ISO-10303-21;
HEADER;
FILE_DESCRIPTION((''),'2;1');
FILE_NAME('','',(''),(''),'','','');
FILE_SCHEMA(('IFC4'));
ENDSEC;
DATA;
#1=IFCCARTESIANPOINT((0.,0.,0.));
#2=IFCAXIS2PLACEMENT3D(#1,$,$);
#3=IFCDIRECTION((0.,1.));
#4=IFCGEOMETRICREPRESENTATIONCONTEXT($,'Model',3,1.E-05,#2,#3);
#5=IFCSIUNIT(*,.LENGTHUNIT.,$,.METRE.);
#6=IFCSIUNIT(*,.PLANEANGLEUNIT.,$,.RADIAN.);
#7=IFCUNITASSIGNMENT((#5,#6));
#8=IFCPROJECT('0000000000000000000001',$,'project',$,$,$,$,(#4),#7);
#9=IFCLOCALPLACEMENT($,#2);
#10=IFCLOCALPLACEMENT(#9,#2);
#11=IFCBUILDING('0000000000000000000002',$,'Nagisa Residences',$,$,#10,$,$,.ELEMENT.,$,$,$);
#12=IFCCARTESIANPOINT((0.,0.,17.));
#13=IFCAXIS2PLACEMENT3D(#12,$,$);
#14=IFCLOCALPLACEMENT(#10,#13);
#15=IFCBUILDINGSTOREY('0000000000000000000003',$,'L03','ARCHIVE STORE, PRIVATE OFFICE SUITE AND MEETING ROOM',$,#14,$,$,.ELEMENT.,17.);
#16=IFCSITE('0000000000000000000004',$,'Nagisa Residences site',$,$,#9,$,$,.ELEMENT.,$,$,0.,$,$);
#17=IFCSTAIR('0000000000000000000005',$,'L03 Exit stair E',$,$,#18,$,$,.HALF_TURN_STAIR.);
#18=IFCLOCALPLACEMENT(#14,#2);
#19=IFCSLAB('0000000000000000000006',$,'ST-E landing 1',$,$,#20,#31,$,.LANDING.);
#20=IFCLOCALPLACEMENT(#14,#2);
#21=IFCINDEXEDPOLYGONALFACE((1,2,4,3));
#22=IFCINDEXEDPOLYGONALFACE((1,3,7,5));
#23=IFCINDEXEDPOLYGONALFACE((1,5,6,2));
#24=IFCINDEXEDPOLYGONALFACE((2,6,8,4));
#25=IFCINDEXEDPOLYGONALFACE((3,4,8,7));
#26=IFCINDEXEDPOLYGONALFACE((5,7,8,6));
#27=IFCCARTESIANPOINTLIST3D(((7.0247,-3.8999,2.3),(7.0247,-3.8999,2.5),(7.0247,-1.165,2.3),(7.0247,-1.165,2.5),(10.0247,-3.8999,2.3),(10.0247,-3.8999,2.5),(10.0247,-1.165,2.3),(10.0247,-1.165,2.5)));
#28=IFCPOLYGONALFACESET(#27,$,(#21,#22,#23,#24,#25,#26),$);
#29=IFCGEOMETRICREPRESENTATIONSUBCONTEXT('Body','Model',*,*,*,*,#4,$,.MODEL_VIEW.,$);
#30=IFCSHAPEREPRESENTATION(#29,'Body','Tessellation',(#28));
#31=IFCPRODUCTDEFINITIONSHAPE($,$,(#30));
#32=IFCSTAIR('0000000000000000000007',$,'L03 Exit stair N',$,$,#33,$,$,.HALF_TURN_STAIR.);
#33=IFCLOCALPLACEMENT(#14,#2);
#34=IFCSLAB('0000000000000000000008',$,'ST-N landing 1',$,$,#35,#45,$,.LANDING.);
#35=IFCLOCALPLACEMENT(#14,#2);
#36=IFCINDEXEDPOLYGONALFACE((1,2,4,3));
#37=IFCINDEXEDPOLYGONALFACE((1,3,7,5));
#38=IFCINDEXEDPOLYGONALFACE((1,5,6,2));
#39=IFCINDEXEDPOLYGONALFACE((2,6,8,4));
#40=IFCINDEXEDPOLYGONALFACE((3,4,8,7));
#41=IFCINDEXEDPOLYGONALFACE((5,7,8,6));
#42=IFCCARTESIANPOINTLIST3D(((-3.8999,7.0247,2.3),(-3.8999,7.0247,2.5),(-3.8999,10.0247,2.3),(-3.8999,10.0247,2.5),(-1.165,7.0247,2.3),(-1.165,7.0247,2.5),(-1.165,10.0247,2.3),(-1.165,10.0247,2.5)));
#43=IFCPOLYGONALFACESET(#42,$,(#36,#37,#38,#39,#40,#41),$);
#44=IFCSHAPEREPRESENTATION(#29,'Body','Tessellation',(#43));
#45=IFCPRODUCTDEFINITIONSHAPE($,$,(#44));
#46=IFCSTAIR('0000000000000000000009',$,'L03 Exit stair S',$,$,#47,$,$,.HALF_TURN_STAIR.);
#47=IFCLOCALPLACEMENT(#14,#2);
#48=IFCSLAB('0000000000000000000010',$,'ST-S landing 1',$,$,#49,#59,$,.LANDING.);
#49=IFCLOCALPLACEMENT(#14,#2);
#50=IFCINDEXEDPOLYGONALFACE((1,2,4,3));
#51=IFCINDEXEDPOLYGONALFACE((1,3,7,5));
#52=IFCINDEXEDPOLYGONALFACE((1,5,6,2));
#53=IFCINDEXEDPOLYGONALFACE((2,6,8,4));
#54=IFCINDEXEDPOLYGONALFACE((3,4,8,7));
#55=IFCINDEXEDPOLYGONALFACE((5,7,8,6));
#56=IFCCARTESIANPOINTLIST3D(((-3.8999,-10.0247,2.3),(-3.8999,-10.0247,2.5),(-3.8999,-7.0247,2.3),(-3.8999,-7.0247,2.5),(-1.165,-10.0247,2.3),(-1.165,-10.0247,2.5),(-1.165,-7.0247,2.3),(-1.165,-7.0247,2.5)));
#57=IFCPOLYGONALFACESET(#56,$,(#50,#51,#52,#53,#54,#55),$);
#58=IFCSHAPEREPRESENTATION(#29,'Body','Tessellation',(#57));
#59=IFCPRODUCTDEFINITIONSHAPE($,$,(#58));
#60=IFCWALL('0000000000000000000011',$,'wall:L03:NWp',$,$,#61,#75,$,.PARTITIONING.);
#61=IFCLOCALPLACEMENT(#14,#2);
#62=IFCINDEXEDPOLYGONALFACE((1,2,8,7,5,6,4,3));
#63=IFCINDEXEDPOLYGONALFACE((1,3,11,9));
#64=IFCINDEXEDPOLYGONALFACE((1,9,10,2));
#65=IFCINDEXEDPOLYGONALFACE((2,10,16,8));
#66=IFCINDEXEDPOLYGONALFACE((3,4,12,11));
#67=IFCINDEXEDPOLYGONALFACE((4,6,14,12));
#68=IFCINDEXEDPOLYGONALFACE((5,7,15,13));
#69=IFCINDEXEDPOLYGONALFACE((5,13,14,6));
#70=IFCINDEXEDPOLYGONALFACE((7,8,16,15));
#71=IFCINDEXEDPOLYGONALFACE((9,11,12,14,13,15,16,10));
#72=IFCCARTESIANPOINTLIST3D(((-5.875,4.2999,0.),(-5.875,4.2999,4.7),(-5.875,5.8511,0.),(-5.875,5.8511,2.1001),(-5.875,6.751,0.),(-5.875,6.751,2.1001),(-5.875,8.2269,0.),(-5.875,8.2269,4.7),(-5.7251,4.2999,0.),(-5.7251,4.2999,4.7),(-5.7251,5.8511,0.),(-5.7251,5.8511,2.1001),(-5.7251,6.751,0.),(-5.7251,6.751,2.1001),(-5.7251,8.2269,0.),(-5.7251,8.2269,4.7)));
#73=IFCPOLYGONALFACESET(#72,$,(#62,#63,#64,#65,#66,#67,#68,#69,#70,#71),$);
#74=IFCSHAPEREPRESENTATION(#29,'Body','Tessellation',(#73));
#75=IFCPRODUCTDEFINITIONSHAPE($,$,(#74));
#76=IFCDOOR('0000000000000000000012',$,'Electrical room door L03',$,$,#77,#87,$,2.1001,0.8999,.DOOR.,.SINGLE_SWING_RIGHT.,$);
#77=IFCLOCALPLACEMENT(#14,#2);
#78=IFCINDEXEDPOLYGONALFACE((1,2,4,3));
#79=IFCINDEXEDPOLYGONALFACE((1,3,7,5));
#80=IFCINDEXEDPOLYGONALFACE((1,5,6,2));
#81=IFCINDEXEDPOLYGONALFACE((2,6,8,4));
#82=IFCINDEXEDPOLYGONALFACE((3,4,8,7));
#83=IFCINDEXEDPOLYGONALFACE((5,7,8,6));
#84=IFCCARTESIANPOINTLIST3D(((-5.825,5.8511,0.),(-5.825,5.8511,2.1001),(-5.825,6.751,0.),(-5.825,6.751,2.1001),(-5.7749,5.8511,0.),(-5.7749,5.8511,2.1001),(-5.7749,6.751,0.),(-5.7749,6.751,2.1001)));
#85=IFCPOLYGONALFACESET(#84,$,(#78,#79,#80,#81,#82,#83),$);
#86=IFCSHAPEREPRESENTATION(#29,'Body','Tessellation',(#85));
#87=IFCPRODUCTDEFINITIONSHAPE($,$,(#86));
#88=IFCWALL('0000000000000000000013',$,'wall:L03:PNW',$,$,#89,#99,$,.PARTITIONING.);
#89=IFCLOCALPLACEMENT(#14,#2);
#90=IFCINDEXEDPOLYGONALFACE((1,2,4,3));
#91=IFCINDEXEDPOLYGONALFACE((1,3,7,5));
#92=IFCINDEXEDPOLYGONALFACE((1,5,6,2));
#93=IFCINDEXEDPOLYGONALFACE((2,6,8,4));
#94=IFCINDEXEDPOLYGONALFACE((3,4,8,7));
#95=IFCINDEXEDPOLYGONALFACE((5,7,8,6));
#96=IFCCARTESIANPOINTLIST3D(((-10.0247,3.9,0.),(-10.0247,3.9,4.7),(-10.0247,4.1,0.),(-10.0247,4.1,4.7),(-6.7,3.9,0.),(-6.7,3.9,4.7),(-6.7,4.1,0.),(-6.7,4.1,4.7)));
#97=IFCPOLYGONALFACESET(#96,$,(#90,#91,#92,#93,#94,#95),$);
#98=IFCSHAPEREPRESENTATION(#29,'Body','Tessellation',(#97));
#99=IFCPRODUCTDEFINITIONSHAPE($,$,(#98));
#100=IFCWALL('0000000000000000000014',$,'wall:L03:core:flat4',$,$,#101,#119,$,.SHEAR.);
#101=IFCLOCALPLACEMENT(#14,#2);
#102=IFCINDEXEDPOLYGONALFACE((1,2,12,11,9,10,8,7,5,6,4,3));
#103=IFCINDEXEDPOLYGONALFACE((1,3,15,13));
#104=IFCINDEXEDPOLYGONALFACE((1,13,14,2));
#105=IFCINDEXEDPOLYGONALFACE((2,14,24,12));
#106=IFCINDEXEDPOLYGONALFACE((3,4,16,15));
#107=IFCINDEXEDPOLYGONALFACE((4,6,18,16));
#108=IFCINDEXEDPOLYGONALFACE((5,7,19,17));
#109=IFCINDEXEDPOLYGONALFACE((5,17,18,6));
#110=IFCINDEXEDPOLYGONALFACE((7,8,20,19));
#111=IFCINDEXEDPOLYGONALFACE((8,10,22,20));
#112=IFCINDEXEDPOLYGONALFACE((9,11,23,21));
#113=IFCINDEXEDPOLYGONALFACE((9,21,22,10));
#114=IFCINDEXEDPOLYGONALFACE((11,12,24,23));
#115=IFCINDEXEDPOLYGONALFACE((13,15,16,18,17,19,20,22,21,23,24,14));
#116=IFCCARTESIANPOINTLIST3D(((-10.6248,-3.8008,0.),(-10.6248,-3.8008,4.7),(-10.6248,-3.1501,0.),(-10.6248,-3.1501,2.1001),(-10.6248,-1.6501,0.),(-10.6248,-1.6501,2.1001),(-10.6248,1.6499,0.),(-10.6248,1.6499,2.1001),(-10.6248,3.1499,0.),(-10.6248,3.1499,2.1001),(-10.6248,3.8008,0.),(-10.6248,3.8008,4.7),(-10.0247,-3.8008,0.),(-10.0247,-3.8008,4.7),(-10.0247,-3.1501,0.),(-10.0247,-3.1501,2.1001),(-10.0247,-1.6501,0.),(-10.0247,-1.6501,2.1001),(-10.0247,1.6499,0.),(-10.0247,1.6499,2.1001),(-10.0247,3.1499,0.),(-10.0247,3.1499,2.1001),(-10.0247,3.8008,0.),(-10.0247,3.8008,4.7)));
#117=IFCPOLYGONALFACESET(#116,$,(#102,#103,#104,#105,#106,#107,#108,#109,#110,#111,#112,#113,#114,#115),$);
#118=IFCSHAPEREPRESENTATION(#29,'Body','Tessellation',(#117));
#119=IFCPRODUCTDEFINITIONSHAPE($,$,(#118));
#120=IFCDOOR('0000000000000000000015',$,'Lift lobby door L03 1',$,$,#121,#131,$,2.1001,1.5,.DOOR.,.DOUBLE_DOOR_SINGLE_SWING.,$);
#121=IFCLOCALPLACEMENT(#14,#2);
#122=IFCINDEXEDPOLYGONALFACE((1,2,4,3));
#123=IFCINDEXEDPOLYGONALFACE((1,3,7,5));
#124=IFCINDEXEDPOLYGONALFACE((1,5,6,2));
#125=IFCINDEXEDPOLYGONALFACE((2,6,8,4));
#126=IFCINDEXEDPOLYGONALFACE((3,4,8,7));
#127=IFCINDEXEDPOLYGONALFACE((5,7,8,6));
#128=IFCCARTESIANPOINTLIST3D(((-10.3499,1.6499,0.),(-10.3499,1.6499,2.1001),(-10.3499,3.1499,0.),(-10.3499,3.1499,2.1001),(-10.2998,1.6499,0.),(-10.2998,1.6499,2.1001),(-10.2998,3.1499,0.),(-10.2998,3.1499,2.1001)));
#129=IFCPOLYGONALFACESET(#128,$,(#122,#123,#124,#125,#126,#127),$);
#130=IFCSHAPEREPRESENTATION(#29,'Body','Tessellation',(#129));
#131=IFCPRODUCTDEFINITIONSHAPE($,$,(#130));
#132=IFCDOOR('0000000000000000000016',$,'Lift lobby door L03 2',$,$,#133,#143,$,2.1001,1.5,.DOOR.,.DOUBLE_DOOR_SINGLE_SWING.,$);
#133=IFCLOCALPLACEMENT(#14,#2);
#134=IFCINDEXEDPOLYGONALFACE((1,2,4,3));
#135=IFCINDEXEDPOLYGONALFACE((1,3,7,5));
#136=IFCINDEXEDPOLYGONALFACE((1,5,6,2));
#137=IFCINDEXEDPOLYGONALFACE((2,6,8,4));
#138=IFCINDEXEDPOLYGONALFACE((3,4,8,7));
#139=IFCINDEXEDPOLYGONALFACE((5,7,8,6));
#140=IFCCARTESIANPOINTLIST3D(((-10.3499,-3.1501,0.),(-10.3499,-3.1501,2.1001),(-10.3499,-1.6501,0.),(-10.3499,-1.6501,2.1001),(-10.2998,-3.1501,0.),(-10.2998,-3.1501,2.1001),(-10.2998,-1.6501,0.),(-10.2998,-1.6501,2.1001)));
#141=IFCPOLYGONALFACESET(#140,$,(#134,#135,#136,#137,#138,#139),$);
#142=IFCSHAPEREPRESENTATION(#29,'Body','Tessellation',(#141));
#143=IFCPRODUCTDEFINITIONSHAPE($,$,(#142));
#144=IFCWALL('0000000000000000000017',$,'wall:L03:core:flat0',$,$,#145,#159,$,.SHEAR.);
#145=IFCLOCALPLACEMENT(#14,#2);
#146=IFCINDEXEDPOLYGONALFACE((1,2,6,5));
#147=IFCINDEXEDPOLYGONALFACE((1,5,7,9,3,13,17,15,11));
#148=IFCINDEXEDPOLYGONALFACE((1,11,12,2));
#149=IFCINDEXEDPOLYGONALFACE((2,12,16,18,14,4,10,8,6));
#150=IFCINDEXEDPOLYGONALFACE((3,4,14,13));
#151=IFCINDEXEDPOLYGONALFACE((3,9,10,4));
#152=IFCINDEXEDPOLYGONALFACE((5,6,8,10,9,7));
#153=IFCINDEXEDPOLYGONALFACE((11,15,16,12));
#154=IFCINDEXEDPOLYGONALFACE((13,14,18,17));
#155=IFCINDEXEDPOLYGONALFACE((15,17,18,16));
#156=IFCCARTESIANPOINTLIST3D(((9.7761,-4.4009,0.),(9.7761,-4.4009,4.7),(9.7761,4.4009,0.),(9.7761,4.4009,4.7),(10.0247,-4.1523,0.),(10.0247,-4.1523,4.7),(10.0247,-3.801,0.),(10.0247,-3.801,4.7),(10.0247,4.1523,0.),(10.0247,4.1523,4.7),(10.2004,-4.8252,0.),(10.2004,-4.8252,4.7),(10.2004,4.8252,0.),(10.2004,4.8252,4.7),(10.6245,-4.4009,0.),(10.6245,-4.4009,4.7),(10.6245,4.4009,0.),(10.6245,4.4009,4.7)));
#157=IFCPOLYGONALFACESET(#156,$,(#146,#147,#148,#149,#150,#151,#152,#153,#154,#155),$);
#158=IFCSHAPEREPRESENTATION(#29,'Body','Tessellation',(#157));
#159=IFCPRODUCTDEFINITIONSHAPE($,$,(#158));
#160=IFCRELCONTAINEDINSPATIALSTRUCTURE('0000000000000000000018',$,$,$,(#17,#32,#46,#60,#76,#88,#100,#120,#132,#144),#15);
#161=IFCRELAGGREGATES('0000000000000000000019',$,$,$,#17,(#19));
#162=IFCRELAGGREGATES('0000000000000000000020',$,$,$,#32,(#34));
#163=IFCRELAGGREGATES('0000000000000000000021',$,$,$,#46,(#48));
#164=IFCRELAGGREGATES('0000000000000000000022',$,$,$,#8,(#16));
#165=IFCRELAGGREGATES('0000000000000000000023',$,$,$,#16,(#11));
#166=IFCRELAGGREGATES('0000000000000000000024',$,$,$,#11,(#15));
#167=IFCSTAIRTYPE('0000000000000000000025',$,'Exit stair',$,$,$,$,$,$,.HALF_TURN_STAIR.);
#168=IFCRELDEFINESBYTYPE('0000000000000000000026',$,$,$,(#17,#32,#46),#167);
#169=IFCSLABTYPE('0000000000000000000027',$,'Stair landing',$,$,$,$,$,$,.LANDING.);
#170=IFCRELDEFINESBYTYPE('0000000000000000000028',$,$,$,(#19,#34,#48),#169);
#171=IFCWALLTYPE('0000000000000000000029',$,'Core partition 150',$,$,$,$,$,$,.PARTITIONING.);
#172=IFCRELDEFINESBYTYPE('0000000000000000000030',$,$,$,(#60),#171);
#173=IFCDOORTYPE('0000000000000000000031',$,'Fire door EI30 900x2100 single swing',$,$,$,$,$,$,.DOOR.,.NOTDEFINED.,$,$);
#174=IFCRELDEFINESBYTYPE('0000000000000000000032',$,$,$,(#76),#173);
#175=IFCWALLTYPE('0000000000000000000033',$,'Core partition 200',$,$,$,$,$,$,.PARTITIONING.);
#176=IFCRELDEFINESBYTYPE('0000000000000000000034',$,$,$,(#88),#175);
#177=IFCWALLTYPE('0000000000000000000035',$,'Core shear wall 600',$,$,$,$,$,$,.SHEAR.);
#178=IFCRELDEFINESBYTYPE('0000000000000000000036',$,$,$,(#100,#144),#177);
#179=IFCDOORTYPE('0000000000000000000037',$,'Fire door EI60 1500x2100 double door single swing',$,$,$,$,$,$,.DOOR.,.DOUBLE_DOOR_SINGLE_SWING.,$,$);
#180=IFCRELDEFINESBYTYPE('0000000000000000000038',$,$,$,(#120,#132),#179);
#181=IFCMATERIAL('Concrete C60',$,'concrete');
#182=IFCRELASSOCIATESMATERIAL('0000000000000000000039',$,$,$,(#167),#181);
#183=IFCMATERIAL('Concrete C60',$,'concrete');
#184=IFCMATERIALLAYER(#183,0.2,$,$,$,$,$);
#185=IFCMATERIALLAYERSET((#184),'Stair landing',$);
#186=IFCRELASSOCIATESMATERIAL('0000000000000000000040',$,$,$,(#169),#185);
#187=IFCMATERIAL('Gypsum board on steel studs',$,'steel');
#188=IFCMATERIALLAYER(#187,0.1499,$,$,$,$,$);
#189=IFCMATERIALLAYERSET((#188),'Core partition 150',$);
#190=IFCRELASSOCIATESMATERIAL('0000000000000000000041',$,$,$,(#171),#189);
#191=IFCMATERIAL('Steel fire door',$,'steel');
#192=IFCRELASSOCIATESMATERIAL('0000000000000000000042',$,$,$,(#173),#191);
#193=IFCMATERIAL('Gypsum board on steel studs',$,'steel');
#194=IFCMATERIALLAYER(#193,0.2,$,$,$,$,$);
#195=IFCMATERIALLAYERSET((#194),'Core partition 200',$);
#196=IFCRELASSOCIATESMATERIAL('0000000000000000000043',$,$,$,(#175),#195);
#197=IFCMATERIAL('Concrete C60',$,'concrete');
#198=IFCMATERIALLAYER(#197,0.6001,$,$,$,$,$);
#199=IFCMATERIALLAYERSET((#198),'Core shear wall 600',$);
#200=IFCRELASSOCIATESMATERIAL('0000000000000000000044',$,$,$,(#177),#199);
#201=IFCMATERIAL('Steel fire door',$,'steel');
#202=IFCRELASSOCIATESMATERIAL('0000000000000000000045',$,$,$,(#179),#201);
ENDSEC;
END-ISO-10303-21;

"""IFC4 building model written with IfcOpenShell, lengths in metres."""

from ifc_helpers import new_model, si_unit, direction, frame, frame_2d, origin, place, context, subcontext, project, spatial, polyline, rectangle, outline, extrude, material, layer, layer_set, type_object, element, fill, aggregate, save


model = new_model("IFC4")

# Units and contexts
model_context = context("Model", 3, precision=1e-05, world=origin(), true_north=direction((0.0, 1.0)))
body_context = subcontext(model_context, "Body", "Model", "MODEL_VIEW")
ifc_project = project(units=[si_unit("LENGTHUNIT", "METRE"), si_unit("PLANEANGLEUNIT", "RADIAN")], contexts=[model_context])

# Site, building, storey
site_placement = place(None, origin())
site = spatial("IfcSite", under=ifc_project, at=site_placement, Name="Nagisa Residences site", CompositionType="ELEMENT", RefElevation=0.0)
building_placement = place(site_placement, origin())
building = spatial("IfcBuilding", under=site, at=building_placement, Name="Nagisa Residences", CompositionType="ELEMENT")
storey_placement = place(building_placement, frame((0.0, 0.0, 17.0)))
storey = spatial("IfcBuildingStorey", under=building, at=storey_placement, Name="L03", Description="ARCHIVE STORE, PRIVATE OFFICE SUITE AND MEETING ROOM", CompositionType="ELEMENT", Elevation=17.0)

# Stairs, slabs
ifc_material_1 = material(Name="Concrete C60", Category="concrete")
stair_type = type_object("IfcStairType", Name="Exit stair", PredefinedType="HALF_TURN_STAIR", material=ifc_material_1)
stair_1_placement = place(storey_placement, origin())
stair_1 = element("IfcStair", 1, at=stair_1_placement, inside=storey, type_object=stair_type, Name="L03 Exit stair E", PredefinedType="HALF_TURN_STAIR")
ifc_material_2 = material(Name="Concrete C60", Category="concrete")
ifc_layer_1 = layer(ifc_material_2, 0.2)
ifc_layer_set_1 = layer_set([ifc_layer_1], Name="Stair landing")
slab_type = type_object("IfcSlabType", Name="Stair landing", PredefinedType="LANDING", material=ifc_layer_set_1)
slab_1_placement = place(storey_placement, frame((0.0, 0.0, 2.3)))
slab_1 = element("IfcSlab", 2, at=slab_1_placement, type_object=slab_type, Name="ST-E landing 1", PredefinedType="LANDING", context=body_context, shape_type="SweptSolid", body=[
    extrude(outline(polyline([(7.0247, -1.165), (7.0247, -3.8999), (10.0247, -3.8999), (10.0247, -1.165), (7.0247, -1.165)])), origin(), (0.0, 0.0, 1.0), 0.2),
])
aggregate(stair_1, [slab_1])
stair_2_placement = place(storey_placement, origin())
stair_2 = element("IfcStair", 3, at=stair_2_placement, inside=storey, type_object=stair_type, Name="L03 Exit stair N", PredefinedType="HALF_TURN_STAIR")
slab_2_placement = place(storey_placement, frame((0.0, 0.0, 2.3)))
slab_2 = element("IfcSlab", 4, at=slab_2_placement, type_object=slab_type, Name="ST-N landing 1", PredefinedType="LANDING", context=body_context, shape_type="SweptSolid", body=[
    extrude(outline(polyline([(-1.165, 10.0247), (-3.8999, 10.0247), (-3.8999, 7.0247), (-1.165, 7.0247), (-1.165, 10.0247)])), origin(), (0.0, 0.0, 1.0), 0.2),
])
aggregate(stair_2, [slab_2])
stair_3_placement = place(storey_placement, origin())
stair_3 = element("IfcStair", 5, at=stair_3_placement, inside=storey, type_object=stair_type, Name="L03 Exit stair S", PredefinedType="HALF_TURN_STAIR")
slab_3_placement = place(storey_placement, frame((0.0, 0.0, 2.3)))
slab_3 = element("IfcSlab", 6, at=slab_3_placement, type_object=slab_type, Name="ST-S landing 1", PredefinedType="LANDING", context=body_context, shape_type="SweptSolid", body=[
    extrude(outline(polyline([(-1.165, -7.0247), (-3.8999, -7.0247), (-3.8999, -10.0247), (-1.165, -10.0247), (-1.165, -7.0247)])), origin(), (0.0, 0.0, 1.0), 0.2),
])
aggregate(stair_3, [slab_3])

# Wall, opening, door
ifc_material_3 = material(Name="Gypsum board on steel studs", Category="steel")
ifc_layer_2 = layer(ifc_material_3, 0.1499)
ifc_layer_set_2 = layer_set([ifc_layer_2], Name="Core partition 150")
wall_type_1 = type_object("IfcWallType", Name="Core partition 150", PredefinedType="PARTITIONING", material=ifc_layer_set_2)
wall_1_placement = place(storey_placement, frame((-5.8, 4.3, 0.0), z_axis=(0.0, 0.0, 1.0), x_axis=(0.0, 1.0, 0.0)))
wall_1 = element("IfcWall", 7, at=wall_1_placement, inside=storey, type_object=wall_type_1, Name="wall:L03:NWp", PredefinedType="PARTITIONING", context=body_context, shape_type="SweptSolid", body=[
    extrude(rectangle(XDim=3.927, YDim=0.1499, at=frame_2d((1.9634, 0.0))), origin(), (0.0, 0.0, 1.0), 4.7),
])
opening_1_placement = place(wall_1_placement, frame((1.551, 0.0, 0.0)))
opening_1 = element("IfcOpeningElement", 8, at=opening_1_placement, cuts=wall_1, PredefinedType="OPENING", context=body_context, shape_type="SweptSolid", body=[
    extrude(rectangle(XDim=0.8999, YDim=2.1001, at=frame_2d((0.45, 1.05))), frame((0.0, 0.085, 0.0), z_axis=(0.0, -1.0, 0.0), x_axis=(1.0, 0.0, 0.0)), (0.0, 0.0, 1.0), 0.1699),
])
ifc_material_4 = material(Name="Steel fire door", Category="steel")
door_type_1 = type_object("IfcDoorType", Name="Fire door EI30 900x2100 single swing", OperationType="NOTDEFINED", PredefinedType="DOOR", material=ifc_material_4)
door_1_placement = place(opening_1_placement, origin())
door_1 = element("IfcDoor", 9, at=door_1_placement, inside=storey, type_object=door_type_1, Name="Electrical room door L03", OperationType="SINGLE_SWING_RIGHT", OverallHeight=2.1001, OverallWidth=0.8999, PredefinedType="DOOR", context=body_context, shape_type="SweptSolid", body=[
    extrude(rectangle(XDim=0.8999, YDim=2.1001, at=frame_2d((0.45, 1.05))), frame((0.0, 0.0249, 0.0), z_axis=(0.0, -1.0, 0.0), x_axis=(1.0, 0.0, 0.0)), (0.0, 0.0, 1.0), 0.05),
])
fill(opening_1, door_1)

# Wall
ifc_material_5 = material(Name="Gypsum board on steel studs", Category="steel")
ifc_layer_3 = layer(ifc_material_5, 0.2)
ifc_layer_set_3 = layer_set([ifc_layer_3], Name="Core partition 200")
wall_type_2 = type_object("IfcWallType", Name="Core partition 200", PredefinedType="PARTITIONING", material=ifc_layer_set_3)
wall_2_placement = place(storey_placement, frame((-10.0247, 4.0, 0.0), z_axis=(0.0, 0.0, 1.0), x_axis=(1.0, 0.0, 0.0)))
element("IfcWall", 10, at=wall_2_placement, inside=storey, type_object=wall_type_2, Name="wall:L03:PNW", PredefinedType="PARTITIONING", context=body_context, shape_type="SweptSolid", body=[
    extrude(rectangle(XDim=3.3247, YDim=0.2, at=frame_2d((1.6624, 0.0))), origin(), (0.0, 0.0, 1.0), 4.7),
])

# Wall, openings, doors
ifc_material_6 = material(Name="Concrete C60", Category="concrete")
ifc_layer_4 = layer(ifc_material_6, 0.6001)
ifc_layer_set_4 = layer_set([ifc_layer_4], Name="Core shear wall 600")
wall_type_3 = type_object("IfcWallType", Name="Core shear wall 600", PredefinedType="SHEAR", material=ifc_layer_set_4)
wall_3_placement = place(storey_placement, frame((-10.3247, 3.8008, 0.0), z_axis=(0.0, 0.0, 1.0), x_axis=(0.0, -1.0, 0.0)))
wall_3 = element("IfcWall", 11, at=wall_3_placement, inside=storey, type_object=wall_type_3, Name="wall:L03:core:flat4", PredefinedType="SHEAR", context=body_context, shape_type="SweptSolid", body=[
    extrude(rectangle(XDim=7.6016, YDim=0.6001, at=frame_2d((3.8008, 0.0))), origin(), (0.0, 0.0, 1.0), 4.7),
])
opening_2_placement = place(wall_3_placement, frame((0.6509, 0.0, 0.0)))
opening_2 = element("IfcOpeningElement", 12, at=opening_2_placement, cuts=wall_3, PredefinedType="OPENING", context=body_context, shape_type="SweptSolid", body=[
    extrude(rectangle(XDim=1.5, YDim=2.1001, at=frame_2d((0.75, 1.05))), frame((0.0, 0.3101, 0.0), z_axis=(0.0, -1.0, 0.0), x_axis=(1.0, 0.0, 0.0)), (0.0, 0.0, 1.0), 0.6201),
])
opening_3_placement = place(wall_3_placement, frame((5.4509, 0.0, 0.0)))
opening_3 = element("IfcOpeningElement", 13, at=opening_3_placement, cuts=wall_3, PredefinedType="OPENING", context=body_context, shape_type="SweptSolid", body=[
    extrude(rectangle(XDim=1.5, YDim=2.1001, at=frame_2d((0.75, 1.05))), frame((0.0, 0.3101, 0.0), z_axis=(0.0, -1.0, 0.0), x_axis=(1.0, 0.0, 0.0)), (0.0, 0.0, 1.0), 0.6201),
])
ifc_material_7 = material(Name="Steel fire door", Category="steel")
door_type_2 = type_object("IfcDoorType", Name="Fire door EI60 1500x2100 double door single swing", OperationType="DOUBLE_DOOR_SINGLE_SWING", PredefinedType="DOOR", material=ifc_material_7)
door_2_placement = place(opening_2_placement, origin())
door_2 = element("IfcDoor", 14, at=door_2_placement, inside=storey, type_object=door_type_2, Name="Lift lobby door L03 1", OperationType="DOUBLE_DOOR_SINGLE_SWING", OverallHeight=2.1001, OverallWidth=1.5, PredefinedType="DOOR", context=body_context, shape_type="SweptSolid", body=[
    extrude(rectangle(XDim=1.5, YDim=2.1001, at=frame_2d((0.75, 1.05))), frame((0.0, 0.0249, 0.0), z_axis=(0.0, -1.0, 0.0), x_axis=(1.0, 0.0, 0.0)), (0.0, 0.0, 1.0), 0.05),
])
fill(opening_2, door_2)
door_3_placement = place(opening_3_placement, origin())
door_3 = element("IfcDoor", 15, at=door_3_placement, inside=storey, type_object=door_type_2, Name="Lift lobby door L03 2", OperationType="DOUBLE_DOOR_SINGLE_SWING", OverallHeight=2.1001, OverallWidth=1.5, PredefinedType="DOOR", context=body_context, shape_type="SweptSolid", body=[
    extrude(rectangle(XDim=1.5, YDim=2.1001, at=frame_2d((0.75, 1.05))), frame((0.0, 0.0249, 0.0), z_axis=(0.0, -1.0, 0.0), x_axis=(1.0, 0.0, 0.0)), (0.0, 0.0, 1.0), 0.05),
])
fill(opening_3, door_3)

# Wall
wall_4_placement = place(storey_placement, origin())
element("IfcWall", 16, at=wall_4_placement, inside=storey, type_object=wall_type_3, Name="wall:L03:core:flat0", PredefinedType="SHEAR", context=body_context, shape_type="SweptSolid", body=[
    extrude(outline(polyline([(9.7761, -4.4009), (10.0247, -4.1523), (10.0247, -3.801), (10.0247, 4.1523), (9.7761, 4.4009), (10.2004, 4.8252), (10.6245, 4.4009), (10.6245, -4.4009), (10.2004, -4.8252), (9.7761, -4.4009)])), origin(), (0.0, 0.0, 1.0), 4.7),
])

save(model, "model.ifc")
